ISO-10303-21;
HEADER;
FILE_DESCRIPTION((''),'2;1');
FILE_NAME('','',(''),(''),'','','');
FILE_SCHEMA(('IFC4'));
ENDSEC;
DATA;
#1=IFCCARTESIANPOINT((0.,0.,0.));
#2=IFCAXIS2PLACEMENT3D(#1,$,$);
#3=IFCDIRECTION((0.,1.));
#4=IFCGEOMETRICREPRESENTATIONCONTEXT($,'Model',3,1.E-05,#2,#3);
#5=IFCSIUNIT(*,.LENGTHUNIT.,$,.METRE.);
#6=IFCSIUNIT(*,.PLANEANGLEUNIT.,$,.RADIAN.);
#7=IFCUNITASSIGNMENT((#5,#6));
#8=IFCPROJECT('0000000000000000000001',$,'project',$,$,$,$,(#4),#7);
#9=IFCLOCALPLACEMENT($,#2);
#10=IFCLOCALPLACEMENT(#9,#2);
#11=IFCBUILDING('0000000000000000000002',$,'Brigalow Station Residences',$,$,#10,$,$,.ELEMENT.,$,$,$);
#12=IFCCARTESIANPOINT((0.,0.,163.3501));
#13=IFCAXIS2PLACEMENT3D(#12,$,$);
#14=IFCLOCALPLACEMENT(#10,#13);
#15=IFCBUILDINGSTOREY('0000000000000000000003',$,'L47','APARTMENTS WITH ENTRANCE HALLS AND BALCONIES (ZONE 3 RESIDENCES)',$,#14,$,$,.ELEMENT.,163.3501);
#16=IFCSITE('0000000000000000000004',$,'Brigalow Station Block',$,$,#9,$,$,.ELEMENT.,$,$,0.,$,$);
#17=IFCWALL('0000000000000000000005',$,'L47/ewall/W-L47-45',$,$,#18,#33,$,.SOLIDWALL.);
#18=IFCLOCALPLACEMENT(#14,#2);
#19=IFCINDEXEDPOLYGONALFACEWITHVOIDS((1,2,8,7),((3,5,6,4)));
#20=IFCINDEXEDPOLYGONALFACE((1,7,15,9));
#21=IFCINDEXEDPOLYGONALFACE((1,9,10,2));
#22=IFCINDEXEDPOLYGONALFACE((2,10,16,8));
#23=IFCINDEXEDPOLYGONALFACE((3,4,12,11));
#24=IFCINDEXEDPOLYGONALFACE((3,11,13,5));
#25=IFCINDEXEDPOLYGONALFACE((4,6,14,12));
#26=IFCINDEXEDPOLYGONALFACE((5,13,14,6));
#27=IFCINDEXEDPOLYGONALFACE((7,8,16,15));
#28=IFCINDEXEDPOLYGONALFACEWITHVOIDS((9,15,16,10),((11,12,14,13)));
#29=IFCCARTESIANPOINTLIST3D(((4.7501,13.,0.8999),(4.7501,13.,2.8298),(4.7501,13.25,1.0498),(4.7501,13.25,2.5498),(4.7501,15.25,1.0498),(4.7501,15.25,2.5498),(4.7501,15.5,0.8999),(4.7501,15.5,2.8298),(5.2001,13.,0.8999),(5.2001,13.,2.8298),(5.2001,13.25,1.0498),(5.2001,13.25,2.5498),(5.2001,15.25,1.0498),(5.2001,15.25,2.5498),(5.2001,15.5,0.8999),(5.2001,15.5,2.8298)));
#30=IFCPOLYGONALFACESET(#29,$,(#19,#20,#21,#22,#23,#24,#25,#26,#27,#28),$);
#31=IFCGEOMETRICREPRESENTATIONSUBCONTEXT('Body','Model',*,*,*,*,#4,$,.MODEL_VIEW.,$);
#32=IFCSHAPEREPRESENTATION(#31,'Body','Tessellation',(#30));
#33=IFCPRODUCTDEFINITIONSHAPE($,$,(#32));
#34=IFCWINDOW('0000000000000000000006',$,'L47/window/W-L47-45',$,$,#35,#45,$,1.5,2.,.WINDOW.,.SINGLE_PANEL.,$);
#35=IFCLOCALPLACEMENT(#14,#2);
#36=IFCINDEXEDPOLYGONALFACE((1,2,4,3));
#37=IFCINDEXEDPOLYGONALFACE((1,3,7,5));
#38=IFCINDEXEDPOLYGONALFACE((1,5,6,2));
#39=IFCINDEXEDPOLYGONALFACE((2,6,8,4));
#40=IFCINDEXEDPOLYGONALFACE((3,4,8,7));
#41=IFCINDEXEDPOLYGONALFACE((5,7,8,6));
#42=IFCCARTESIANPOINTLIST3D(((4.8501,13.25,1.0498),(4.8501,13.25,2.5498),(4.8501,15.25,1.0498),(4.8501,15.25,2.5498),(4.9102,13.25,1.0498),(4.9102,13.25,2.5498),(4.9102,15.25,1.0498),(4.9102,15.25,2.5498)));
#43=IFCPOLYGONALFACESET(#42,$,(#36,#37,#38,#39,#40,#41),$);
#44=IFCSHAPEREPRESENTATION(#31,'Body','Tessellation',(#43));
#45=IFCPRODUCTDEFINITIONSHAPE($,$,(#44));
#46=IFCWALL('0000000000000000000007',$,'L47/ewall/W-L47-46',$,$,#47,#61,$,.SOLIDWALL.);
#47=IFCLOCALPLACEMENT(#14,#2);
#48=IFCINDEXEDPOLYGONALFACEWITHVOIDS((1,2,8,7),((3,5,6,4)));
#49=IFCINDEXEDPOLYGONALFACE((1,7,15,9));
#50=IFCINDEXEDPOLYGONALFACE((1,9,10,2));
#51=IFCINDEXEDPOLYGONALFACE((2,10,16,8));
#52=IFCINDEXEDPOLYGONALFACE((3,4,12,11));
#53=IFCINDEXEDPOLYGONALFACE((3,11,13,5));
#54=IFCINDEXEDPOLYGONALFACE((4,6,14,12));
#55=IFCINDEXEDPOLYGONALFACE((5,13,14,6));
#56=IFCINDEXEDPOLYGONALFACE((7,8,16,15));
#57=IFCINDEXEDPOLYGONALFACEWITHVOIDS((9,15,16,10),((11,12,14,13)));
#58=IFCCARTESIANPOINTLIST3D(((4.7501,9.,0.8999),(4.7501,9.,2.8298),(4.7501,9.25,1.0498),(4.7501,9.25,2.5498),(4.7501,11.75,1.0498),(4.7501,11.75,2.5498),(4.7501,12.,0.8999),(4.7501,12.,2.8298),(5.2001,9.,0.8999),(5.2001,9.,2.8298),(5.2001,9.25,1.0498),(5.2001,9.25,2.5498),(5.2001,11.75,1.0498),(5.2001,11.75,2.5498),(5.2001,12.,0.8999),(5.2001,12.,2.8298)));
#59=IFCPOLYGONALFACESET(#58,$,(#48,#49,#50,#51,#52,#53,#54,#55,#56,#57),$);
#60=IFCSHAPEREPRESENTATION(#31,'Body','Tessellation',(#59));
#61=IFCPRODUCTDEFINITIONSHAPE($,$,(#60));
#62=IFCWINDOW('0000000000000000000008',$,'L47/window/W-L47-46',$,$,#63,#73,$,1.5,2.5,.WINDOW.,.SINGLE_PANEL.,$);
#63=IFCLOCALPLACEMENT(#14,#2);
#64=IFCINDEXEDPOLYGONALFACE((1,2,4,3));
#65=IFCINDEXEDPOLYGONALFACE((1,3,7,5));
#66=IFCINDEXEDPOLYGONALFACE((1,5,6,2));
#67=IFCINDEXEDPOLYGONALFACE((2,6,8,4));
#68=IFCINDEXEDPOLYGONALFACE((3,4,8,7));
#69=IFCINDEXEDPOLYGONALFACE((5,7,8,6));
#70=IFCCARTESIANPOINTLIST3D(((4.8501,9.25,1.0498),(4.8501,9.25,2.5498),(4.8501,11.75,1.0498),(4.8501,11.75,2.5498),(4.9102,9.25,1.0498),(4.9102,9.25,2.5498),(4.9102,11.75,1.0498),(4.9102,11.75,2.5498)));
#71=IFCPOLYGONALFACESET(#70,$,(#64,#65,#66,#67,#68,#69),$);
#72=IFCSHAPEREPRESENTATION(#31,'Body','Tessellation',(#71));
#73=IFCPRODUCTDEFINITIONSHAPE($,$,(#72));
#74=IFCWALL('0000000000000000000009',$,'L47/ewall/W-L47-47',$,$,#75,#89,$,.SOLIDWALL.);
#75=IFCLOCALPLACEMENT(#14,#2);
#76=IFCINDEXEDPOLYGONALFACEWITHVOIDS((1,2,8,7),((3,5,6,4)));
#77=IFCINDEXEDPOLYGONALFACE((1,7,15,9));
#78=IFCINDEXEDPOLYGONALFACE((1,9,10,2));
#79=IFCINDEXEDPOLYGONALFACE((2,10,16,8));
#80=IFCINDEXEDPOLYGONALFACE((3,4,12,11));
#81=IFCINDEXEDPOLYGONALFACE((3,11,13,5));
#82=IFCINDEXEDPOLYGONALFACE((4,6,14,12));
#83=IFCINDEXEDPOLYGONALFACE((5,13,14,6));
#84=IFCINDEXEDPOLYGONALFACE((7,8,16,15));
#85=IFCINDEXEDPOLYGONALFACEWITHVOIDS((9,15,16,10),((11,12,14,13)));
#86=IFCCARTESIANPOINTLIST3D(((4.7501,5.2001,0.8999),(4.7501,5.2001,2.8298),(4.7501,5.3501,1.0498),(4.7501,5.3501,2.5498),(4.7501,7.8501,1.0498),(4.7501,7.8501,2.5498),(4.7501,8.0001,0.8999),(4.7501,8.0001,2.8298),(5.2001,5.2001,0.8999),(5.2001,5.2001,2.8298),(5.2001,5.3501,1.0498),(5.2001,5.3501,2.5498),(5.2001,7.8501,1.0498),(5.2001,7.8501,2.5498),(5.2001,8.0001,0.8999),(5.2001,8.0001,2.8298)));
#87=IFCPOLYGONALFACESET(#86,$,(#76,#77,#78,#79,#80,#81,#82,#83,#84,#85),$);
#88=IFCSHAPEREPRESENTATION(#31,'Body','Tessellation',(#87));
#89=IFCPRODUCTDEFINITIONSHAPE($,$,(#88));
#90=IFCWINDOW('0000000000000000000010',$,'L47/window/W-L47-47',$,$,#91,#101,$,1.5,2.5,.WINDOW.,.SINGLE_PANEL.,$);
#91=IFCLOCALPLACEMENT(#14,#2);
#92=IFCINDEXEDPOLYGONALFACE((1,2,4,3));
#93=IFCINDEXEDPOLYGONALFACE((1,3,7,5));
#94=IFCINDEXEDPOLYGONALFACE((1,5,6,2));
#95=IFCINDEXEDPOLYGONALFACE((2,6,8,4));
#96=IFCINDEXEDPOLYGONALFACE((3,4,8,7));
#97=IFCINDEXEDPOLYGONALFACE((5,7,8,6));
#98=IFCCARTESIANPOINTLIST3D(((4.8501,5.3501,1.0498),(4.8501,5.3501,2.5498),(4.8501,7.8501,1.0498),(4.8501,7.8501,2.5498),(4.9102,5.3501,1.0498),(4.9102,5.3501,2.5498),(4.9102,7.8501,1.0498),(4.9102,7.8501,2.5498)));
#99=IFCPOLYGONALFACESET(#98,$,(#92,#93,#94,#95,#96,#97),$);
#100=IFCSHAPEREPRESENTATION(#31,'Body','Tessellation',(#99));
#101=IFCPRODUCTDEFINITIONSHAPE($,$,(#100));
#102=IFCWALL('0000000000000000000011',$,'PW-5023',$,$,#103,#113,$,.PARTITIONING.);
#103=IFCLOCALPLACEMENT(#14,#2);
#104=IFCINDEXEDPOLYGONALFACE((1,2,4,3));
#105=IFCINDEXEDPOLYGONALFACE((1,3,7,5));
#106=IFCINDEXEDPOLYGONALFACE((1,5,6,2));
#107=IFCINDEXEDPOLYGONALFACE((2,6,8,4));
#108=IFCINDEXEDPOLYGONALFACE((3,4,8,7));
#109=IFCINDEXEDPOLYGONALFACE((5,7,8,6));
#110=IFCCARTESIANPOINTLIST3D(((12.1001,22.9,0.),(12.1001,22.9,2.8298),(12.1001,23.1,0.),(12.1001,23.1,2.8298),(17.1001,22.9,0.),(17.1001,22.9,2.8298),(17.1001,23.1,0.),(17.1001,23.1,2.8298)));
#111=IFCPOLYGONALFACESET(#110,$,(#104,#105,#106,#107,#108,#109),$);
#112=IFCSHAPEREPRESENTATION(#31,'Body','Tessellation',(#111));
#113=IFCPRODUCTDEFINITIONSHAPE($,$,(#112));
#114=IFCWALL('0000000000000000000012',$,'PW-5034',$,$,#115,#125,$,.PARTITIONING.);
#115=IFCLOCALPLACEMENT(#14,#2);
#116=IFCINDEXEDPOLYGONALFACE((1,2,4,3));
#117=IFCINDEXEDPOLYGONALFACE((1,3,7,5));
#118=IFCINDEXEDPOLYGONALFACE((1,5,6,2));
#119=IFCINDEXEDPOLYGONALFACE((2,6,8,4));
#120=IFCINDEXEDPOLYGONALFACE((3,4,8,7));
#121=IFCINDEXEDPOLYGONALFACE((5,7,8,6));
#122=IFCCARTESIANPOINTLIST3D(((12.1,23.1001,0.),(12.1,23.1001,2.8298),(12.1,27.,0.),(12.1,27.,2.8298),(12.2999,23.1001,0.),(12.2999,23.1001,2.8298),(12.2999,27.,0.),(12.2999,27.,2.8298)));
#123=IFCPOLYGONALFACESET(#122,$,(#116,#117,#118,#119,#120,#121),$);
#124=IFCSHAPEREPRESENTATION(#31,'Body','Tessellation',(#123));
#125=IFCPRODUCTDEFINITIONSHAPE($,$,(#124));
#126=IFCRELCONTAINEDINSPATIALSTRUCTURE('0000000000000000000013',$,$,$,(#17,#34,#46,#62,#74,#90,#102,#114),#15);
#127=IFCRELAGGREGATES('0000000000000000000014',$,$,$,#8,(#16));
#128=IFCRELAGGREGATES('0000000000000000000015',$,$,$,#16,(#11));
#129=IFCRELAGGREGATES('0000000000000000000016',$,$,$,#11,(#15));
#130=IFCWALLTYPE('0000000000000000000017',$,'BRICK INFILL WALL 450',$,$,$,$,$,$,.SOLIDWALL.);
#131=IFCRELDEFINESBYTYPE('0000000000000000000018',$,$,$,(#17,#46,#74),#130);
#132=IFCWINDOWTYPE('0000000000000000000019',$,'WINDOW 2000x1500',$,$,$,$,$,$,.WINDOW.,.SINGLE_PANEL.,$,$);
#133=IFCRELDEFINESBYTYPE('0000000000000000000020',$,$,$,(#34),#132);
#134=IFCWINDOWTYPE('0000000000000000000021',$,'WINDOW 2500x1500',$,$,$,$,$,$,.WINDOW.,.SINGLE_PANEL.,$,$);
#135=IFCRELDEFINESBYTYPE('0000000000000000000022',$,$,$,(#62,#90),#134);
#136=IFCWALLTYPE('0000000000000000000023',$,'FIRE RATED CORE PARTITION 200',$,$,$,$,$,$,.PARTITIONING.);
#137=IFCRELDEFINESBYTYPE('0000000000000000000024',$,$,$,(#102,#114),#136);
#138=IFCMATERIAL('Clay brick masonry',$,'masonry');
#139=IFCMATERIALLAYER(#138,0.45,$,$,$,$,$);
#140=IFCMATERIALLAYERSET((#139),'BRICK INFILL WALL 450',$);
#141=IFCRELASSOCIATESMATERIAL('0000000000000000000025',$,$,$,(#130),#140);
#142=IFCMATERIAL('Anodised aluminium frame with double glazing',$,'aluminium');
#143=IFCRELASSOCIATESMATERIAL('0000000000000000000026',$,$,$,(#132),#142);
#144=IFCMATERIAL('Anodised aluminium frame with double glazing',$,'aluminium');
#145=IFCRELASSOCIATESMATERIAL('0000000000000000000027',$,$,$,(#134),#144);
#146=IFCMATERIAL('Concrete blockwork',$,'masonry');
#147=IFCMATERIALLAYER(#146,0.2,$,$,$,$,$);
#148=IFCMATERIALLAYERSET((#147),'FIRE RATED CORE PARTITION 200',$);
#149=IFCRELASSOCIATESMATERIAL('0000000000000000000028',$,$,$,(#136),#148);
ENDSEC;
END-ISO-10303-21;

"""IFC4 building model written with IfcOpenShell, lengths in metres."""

from ifc_helpers import new_model, si_unit, direction, frame, frame_2d, origin, place, context, subcontext, project, spatial, rectangle, extrude, material, layer, layer_set, type_object, element, fill, save


model = new_model("IFC4")

# Units and contexts
model_context = context("Model", 3, precision=1e-05, world=origin(), true_north=direction((0.0, 1.0)))
body_context = subcontext(model_context, "Body", "Model", "MODEL_VIEW")
ifc_project = project(units=[si_unit("LENGTHUNIT", "METRE"), si_unit("PLANEANGLEUNIT", "RADIAN")], contexts=[model_context])

# Site, building, storey
site_placement = place(None, origin())
site = spatial("IfcSite", under=ifc_project, at=site_placement, Name="Brigalow Station Block", CompositionType="ELEMENT", RefElevation=0.0)
building_placement = place(site_placement, origin())
building = spatial("IfcBuilding", under=site, at=building_placement, Name="Brigalow Station Residences", CompositionType="ELEMENT")
storey_placement = place(building_placement, frame((0.0, 0.0, 163.3501)))
storey = spatial("IfcBuildingStorey", under=building, at=storey_placement, Name="L47", Description="APARTMENTS WITH ENTRANCE HALLS AND BALCONIES (ZONE 3 RESIDENCES)", CompositionType="ELEMENT", Elevation=163.3501)

# Shared definitions
ifc_material_1 = material(Name="Clay brick masonry", Category="masonry")
ifc_layer_1 = layer(ifc_material_1, 0.45)
ifc_layer_set_1 = layer_set([ifc_layer_1], Name="BRICK INFILL WALL 450")
wall_type_1 = type_object("IfcWallType", Name="BRICK INFILL WALL 450", PredefinedType="SOLIDWALL", material=ifc_layer_set_1)

# Walls, openings, windows
wall_1_placement = place(storey_placement, frame((4.9751, 15.5, 0.8999), z_axis=(0.0, 0.0, 1.0), x_axis=(0.0, -1.0, 0.0)))
wall_1 = element("IfcWall", 1, at=wall_1_placement, inside=storey, type_object=wall_type_1, Name="L47/ewall/W-L47-45", PredefinedType="SOLIDWALL", context=body_context, shape_type="SweptSolid", body=[
    extrude(rectangle(XDim=2.5, YDim=0.45, at=frame_2d((1.25, 0.0))), origin(), (0.0, 0.0, 1.0), 1.9299),
])
opening_1_placement = place(wall_1_placement, frame((0.25, 0.0, 0.1499)))
opening_1 = element("IfcOpeningElement", 2, at=opening_1_placement, cuts=wall_1, PredefinedType="OPENING", context=body_context, shape_type="SweptSolid", body=[
    extrude(rectangle(XDim=2.0, YDim=1.5, at=frame_2d((1.0, 0.75))), frame((0.0, 0.2349, 0.0), z_axis=(0.0, -1.0, 0.0), x_axis=(1.0, 0.0, 0.0)), (0.0, 0.0, 1.0), 0.47),
])
ifc_material_2 = material(Name="Anodised aluminium frame with double glazing", Category="aluminium")
window_type_1 = type_object("IfcWindowType", Name="WINDOW 2000x1500", PartitioningType="SINGLE_PANEL", PredefinedType="WINDOW", material=ifc_material_2)
window_1_placement = place(opening_1_placement, origin())
window_1 = element("IfcWindow", 3, at=window_1_placement, inside=storey, type_object=window_type_1, Name="L47/window/W-L47-45", OverallHeight=1.5, OverallWidth=2.0, PartitioningType="SINGLE_PANEL", PredefinedType="WINDOW", context=body_context, shape_type="SweptSolid", body=[
    extrude(rectangle(XDim=2.0, YDim=1.5, at=frame_2d((1.0, 0.75))), frame((0.0, -0.0649, 0.0), z_axis=(0.0, -1.0, 0.0), x_axis=(1.0, 0.0, 0.0)), (0.0, 0.0, 1.0), 0.0601),
])
fill(opening_1, window_1)
wall_2_placement = place(storey_placement, frame((4.9751, 12.0, 0.8999), z_axis=(0.0, 0.0, 1.0), x_axis=(0.0, -1.0, 0.0)))
wall_2 = element("IfcWall", 4, at=wall_2_placement, inside=storey, type_object=wall_type_1, Name="L47/ewall/W-L47-46", PredefinedType="SOLIDWALL", context=body_context, shape_type="SweptSolid", body=[
    extrude(rectangle(XDim=3.0, YDim=0.45, at=frame_2d((1.5, 0.0))), origin(), (0.0, 0.0, 1.0), 1.9299),
])
opening_2_placement = place(wall_2_placement, frame((0.25, 0.0, 0.1499)))
opening_2 = element("IfcOpeningElement", 5, at=opening_2_placement, cuts=wall_2, PredefinedType="OPENING", context=body_context, shape_type="SweptSolid", body=[
    extrude(rectangle(XDim=2.5, YDim=1.5, at=frame_2d((1.25, 0.75))), frame((0.0, 0.2349, 0.0), z_axis=(0.0, -1.0, 0.0), x_axis=(1.0, 0.0, 0.0)), (0.0, 0.0, 1.0), 0.47),
])
ifc_material_3 = material(Name="Anodised aluminium frame with double glazing", Category="aluminium")
window_type_2 = type_object("IfcWindowType", Name="WINDOW 2500x1500", PartitioningType="SINGLE_PANEL", PredefinedType="WINDOW", material=ifc_material_3)
window_2_placement = place(opening_2_placement, origin())
window_2 = element("IfcWindow", 6, at=window_2_placement, inside=storey, type_object=window_type_2, Name="L47/window/W-L47-46", OverallHeight=1.5, OverallWidth=2.5, PartitioningType="SINGLE_PANEL", PredefinedType="WINDOW", context=body_context, shape_type="SweptSolid", body=[
    extrude(rectangle(XDim=2.5, YDim=1.5, at=frame_2d((1.25, 0.75))), frame((0.0, -0.0649, 0.0), z_axis=(0.0, -1.0, 0.0), x_axis=(1.0, 0.0, 0.0)), (0.0, 0.0, 1.0), 0.0601),
])
fill(opening_2, window_2)
wall_3_placement = place(storey_placement, frame((4.9751, 8.0, 0.8999), z_axis=(0.0, 0.0, 1.0), x_axis=(0.0, -1.0, 0.0)))
wall_3 = element("IfcWall", 7, at=wall_3_placement, inside=storey, type_object=wall_type_1, Name="L47/ewall/W-L47-47", PredefinedType="SOLIDWALL", context=body_context, shape_type="SweptSolid", body=[
    extrude(rectangle(XDim=2.8, YDim=0.45, at=frame_2d((1.3999, 0.0))), origin(), (0.0, 0.0, 1.0), 1.9299),
])
opening_3_placement = place(wall_3_placement, frame((0.1499, 0.0, 0.1499)))
opening_3 = element("IfcOpeningElement", 8, at=opening_3_placement, cuts=wall_3, PredefinedType="OPENING", context=body_context, shape_type="SweptSolid", body=[
    extrude(rectangle(XDim=2.5, YDim=1.5, at=frame_2d((1.25, 0.75))), frame((0.0, 0.2349, 0.0), z_axis=(0.0, -1.0, 0.0), x_axis=(1.0, 0.0, 0.0)), (0.0, 0.0, 1.0), 0.47),
])
window_3_placement = place(opening_3_placement, origin())
window_3 = element("IfcWindow", 9, at=window_3_placement, inside=storey, type_object=window_type_2, Name="L47/window/W-L47-47", OverallHeight=1.5, OverallWidth=2.5, PartitioningType="SINGLE_PANEL", PredefinedType="WINDOW", context=body_context, shape_type="SweptSolid", body=[
    extrude(rectangle(XDim=2.5, YDim=1.5, at=frame_2d((1.25, 0.75))), frame((0.0, -0.0649, 0.0), z_axis=(0.0, -1.0, 0.0), x_axis=(1.0, 0.0, 0.0)), (0.0, 0.0, 1.0), 0.0601),
])
fill(opening_3, window_3)

# Walls
ifc_material_4 = material(Name="Concrete blockwork", Category="masonry")
ifc_layer_2 = layer(ifc_material_4, 0.2)
ifc_layer_set_2 = layer_set([ifc_layer_2], Name="FIRE RATED CORE PARTITION 200")
wall_type_2 = type_object("IfcWallType", Name="FIRE RATED CORE PARTITION 200", PredefinedType="PARTITIONING", material=ifc_layer_set_2)
wall_4_placement = place(storey_placement, frame((12.1001, 23.0, 0.0), z_axis=(0.0, 0.0, 1.0), x_axis=(1.0, 0.0, 0.0)))
element("IfcWall", 10, at=wall_4_placement, inside=storey, type_object=wall_type_2, Name="PW-5023", PredefinedType="PARTITIONING", context=body_context, shape_type="SweptSolid", body=[
    extrude(rectangle(XDim=5.0, YDim=0.2, at=frame_2d((2.5, 0.0))), origin(), (0.0, 0.0, 1.0), 2.8298),
])
wall_5_placement = place(storey_placement, frame((12.2, 23.1001, 0.0), z_axis=(0.0, 0.0, 1.0), x_axis=(0.0, 1.0, 0.0)))
element("IfcWall", 11, at=wall_5_placement, inside=storey, type_object=wall_type_2, Name="PW-5034", PredefinedType="PARTITIONING", context=body_context, shape_type="SweptSolid", body=[
    extrude(rectangle(XDim=3.8999, YDim=0.2, at=frame_2d((1.95, 0.0))), origin(), (0.0, 0.0, 1.0), 2.8298),
])

save(model, "model.ifc")
